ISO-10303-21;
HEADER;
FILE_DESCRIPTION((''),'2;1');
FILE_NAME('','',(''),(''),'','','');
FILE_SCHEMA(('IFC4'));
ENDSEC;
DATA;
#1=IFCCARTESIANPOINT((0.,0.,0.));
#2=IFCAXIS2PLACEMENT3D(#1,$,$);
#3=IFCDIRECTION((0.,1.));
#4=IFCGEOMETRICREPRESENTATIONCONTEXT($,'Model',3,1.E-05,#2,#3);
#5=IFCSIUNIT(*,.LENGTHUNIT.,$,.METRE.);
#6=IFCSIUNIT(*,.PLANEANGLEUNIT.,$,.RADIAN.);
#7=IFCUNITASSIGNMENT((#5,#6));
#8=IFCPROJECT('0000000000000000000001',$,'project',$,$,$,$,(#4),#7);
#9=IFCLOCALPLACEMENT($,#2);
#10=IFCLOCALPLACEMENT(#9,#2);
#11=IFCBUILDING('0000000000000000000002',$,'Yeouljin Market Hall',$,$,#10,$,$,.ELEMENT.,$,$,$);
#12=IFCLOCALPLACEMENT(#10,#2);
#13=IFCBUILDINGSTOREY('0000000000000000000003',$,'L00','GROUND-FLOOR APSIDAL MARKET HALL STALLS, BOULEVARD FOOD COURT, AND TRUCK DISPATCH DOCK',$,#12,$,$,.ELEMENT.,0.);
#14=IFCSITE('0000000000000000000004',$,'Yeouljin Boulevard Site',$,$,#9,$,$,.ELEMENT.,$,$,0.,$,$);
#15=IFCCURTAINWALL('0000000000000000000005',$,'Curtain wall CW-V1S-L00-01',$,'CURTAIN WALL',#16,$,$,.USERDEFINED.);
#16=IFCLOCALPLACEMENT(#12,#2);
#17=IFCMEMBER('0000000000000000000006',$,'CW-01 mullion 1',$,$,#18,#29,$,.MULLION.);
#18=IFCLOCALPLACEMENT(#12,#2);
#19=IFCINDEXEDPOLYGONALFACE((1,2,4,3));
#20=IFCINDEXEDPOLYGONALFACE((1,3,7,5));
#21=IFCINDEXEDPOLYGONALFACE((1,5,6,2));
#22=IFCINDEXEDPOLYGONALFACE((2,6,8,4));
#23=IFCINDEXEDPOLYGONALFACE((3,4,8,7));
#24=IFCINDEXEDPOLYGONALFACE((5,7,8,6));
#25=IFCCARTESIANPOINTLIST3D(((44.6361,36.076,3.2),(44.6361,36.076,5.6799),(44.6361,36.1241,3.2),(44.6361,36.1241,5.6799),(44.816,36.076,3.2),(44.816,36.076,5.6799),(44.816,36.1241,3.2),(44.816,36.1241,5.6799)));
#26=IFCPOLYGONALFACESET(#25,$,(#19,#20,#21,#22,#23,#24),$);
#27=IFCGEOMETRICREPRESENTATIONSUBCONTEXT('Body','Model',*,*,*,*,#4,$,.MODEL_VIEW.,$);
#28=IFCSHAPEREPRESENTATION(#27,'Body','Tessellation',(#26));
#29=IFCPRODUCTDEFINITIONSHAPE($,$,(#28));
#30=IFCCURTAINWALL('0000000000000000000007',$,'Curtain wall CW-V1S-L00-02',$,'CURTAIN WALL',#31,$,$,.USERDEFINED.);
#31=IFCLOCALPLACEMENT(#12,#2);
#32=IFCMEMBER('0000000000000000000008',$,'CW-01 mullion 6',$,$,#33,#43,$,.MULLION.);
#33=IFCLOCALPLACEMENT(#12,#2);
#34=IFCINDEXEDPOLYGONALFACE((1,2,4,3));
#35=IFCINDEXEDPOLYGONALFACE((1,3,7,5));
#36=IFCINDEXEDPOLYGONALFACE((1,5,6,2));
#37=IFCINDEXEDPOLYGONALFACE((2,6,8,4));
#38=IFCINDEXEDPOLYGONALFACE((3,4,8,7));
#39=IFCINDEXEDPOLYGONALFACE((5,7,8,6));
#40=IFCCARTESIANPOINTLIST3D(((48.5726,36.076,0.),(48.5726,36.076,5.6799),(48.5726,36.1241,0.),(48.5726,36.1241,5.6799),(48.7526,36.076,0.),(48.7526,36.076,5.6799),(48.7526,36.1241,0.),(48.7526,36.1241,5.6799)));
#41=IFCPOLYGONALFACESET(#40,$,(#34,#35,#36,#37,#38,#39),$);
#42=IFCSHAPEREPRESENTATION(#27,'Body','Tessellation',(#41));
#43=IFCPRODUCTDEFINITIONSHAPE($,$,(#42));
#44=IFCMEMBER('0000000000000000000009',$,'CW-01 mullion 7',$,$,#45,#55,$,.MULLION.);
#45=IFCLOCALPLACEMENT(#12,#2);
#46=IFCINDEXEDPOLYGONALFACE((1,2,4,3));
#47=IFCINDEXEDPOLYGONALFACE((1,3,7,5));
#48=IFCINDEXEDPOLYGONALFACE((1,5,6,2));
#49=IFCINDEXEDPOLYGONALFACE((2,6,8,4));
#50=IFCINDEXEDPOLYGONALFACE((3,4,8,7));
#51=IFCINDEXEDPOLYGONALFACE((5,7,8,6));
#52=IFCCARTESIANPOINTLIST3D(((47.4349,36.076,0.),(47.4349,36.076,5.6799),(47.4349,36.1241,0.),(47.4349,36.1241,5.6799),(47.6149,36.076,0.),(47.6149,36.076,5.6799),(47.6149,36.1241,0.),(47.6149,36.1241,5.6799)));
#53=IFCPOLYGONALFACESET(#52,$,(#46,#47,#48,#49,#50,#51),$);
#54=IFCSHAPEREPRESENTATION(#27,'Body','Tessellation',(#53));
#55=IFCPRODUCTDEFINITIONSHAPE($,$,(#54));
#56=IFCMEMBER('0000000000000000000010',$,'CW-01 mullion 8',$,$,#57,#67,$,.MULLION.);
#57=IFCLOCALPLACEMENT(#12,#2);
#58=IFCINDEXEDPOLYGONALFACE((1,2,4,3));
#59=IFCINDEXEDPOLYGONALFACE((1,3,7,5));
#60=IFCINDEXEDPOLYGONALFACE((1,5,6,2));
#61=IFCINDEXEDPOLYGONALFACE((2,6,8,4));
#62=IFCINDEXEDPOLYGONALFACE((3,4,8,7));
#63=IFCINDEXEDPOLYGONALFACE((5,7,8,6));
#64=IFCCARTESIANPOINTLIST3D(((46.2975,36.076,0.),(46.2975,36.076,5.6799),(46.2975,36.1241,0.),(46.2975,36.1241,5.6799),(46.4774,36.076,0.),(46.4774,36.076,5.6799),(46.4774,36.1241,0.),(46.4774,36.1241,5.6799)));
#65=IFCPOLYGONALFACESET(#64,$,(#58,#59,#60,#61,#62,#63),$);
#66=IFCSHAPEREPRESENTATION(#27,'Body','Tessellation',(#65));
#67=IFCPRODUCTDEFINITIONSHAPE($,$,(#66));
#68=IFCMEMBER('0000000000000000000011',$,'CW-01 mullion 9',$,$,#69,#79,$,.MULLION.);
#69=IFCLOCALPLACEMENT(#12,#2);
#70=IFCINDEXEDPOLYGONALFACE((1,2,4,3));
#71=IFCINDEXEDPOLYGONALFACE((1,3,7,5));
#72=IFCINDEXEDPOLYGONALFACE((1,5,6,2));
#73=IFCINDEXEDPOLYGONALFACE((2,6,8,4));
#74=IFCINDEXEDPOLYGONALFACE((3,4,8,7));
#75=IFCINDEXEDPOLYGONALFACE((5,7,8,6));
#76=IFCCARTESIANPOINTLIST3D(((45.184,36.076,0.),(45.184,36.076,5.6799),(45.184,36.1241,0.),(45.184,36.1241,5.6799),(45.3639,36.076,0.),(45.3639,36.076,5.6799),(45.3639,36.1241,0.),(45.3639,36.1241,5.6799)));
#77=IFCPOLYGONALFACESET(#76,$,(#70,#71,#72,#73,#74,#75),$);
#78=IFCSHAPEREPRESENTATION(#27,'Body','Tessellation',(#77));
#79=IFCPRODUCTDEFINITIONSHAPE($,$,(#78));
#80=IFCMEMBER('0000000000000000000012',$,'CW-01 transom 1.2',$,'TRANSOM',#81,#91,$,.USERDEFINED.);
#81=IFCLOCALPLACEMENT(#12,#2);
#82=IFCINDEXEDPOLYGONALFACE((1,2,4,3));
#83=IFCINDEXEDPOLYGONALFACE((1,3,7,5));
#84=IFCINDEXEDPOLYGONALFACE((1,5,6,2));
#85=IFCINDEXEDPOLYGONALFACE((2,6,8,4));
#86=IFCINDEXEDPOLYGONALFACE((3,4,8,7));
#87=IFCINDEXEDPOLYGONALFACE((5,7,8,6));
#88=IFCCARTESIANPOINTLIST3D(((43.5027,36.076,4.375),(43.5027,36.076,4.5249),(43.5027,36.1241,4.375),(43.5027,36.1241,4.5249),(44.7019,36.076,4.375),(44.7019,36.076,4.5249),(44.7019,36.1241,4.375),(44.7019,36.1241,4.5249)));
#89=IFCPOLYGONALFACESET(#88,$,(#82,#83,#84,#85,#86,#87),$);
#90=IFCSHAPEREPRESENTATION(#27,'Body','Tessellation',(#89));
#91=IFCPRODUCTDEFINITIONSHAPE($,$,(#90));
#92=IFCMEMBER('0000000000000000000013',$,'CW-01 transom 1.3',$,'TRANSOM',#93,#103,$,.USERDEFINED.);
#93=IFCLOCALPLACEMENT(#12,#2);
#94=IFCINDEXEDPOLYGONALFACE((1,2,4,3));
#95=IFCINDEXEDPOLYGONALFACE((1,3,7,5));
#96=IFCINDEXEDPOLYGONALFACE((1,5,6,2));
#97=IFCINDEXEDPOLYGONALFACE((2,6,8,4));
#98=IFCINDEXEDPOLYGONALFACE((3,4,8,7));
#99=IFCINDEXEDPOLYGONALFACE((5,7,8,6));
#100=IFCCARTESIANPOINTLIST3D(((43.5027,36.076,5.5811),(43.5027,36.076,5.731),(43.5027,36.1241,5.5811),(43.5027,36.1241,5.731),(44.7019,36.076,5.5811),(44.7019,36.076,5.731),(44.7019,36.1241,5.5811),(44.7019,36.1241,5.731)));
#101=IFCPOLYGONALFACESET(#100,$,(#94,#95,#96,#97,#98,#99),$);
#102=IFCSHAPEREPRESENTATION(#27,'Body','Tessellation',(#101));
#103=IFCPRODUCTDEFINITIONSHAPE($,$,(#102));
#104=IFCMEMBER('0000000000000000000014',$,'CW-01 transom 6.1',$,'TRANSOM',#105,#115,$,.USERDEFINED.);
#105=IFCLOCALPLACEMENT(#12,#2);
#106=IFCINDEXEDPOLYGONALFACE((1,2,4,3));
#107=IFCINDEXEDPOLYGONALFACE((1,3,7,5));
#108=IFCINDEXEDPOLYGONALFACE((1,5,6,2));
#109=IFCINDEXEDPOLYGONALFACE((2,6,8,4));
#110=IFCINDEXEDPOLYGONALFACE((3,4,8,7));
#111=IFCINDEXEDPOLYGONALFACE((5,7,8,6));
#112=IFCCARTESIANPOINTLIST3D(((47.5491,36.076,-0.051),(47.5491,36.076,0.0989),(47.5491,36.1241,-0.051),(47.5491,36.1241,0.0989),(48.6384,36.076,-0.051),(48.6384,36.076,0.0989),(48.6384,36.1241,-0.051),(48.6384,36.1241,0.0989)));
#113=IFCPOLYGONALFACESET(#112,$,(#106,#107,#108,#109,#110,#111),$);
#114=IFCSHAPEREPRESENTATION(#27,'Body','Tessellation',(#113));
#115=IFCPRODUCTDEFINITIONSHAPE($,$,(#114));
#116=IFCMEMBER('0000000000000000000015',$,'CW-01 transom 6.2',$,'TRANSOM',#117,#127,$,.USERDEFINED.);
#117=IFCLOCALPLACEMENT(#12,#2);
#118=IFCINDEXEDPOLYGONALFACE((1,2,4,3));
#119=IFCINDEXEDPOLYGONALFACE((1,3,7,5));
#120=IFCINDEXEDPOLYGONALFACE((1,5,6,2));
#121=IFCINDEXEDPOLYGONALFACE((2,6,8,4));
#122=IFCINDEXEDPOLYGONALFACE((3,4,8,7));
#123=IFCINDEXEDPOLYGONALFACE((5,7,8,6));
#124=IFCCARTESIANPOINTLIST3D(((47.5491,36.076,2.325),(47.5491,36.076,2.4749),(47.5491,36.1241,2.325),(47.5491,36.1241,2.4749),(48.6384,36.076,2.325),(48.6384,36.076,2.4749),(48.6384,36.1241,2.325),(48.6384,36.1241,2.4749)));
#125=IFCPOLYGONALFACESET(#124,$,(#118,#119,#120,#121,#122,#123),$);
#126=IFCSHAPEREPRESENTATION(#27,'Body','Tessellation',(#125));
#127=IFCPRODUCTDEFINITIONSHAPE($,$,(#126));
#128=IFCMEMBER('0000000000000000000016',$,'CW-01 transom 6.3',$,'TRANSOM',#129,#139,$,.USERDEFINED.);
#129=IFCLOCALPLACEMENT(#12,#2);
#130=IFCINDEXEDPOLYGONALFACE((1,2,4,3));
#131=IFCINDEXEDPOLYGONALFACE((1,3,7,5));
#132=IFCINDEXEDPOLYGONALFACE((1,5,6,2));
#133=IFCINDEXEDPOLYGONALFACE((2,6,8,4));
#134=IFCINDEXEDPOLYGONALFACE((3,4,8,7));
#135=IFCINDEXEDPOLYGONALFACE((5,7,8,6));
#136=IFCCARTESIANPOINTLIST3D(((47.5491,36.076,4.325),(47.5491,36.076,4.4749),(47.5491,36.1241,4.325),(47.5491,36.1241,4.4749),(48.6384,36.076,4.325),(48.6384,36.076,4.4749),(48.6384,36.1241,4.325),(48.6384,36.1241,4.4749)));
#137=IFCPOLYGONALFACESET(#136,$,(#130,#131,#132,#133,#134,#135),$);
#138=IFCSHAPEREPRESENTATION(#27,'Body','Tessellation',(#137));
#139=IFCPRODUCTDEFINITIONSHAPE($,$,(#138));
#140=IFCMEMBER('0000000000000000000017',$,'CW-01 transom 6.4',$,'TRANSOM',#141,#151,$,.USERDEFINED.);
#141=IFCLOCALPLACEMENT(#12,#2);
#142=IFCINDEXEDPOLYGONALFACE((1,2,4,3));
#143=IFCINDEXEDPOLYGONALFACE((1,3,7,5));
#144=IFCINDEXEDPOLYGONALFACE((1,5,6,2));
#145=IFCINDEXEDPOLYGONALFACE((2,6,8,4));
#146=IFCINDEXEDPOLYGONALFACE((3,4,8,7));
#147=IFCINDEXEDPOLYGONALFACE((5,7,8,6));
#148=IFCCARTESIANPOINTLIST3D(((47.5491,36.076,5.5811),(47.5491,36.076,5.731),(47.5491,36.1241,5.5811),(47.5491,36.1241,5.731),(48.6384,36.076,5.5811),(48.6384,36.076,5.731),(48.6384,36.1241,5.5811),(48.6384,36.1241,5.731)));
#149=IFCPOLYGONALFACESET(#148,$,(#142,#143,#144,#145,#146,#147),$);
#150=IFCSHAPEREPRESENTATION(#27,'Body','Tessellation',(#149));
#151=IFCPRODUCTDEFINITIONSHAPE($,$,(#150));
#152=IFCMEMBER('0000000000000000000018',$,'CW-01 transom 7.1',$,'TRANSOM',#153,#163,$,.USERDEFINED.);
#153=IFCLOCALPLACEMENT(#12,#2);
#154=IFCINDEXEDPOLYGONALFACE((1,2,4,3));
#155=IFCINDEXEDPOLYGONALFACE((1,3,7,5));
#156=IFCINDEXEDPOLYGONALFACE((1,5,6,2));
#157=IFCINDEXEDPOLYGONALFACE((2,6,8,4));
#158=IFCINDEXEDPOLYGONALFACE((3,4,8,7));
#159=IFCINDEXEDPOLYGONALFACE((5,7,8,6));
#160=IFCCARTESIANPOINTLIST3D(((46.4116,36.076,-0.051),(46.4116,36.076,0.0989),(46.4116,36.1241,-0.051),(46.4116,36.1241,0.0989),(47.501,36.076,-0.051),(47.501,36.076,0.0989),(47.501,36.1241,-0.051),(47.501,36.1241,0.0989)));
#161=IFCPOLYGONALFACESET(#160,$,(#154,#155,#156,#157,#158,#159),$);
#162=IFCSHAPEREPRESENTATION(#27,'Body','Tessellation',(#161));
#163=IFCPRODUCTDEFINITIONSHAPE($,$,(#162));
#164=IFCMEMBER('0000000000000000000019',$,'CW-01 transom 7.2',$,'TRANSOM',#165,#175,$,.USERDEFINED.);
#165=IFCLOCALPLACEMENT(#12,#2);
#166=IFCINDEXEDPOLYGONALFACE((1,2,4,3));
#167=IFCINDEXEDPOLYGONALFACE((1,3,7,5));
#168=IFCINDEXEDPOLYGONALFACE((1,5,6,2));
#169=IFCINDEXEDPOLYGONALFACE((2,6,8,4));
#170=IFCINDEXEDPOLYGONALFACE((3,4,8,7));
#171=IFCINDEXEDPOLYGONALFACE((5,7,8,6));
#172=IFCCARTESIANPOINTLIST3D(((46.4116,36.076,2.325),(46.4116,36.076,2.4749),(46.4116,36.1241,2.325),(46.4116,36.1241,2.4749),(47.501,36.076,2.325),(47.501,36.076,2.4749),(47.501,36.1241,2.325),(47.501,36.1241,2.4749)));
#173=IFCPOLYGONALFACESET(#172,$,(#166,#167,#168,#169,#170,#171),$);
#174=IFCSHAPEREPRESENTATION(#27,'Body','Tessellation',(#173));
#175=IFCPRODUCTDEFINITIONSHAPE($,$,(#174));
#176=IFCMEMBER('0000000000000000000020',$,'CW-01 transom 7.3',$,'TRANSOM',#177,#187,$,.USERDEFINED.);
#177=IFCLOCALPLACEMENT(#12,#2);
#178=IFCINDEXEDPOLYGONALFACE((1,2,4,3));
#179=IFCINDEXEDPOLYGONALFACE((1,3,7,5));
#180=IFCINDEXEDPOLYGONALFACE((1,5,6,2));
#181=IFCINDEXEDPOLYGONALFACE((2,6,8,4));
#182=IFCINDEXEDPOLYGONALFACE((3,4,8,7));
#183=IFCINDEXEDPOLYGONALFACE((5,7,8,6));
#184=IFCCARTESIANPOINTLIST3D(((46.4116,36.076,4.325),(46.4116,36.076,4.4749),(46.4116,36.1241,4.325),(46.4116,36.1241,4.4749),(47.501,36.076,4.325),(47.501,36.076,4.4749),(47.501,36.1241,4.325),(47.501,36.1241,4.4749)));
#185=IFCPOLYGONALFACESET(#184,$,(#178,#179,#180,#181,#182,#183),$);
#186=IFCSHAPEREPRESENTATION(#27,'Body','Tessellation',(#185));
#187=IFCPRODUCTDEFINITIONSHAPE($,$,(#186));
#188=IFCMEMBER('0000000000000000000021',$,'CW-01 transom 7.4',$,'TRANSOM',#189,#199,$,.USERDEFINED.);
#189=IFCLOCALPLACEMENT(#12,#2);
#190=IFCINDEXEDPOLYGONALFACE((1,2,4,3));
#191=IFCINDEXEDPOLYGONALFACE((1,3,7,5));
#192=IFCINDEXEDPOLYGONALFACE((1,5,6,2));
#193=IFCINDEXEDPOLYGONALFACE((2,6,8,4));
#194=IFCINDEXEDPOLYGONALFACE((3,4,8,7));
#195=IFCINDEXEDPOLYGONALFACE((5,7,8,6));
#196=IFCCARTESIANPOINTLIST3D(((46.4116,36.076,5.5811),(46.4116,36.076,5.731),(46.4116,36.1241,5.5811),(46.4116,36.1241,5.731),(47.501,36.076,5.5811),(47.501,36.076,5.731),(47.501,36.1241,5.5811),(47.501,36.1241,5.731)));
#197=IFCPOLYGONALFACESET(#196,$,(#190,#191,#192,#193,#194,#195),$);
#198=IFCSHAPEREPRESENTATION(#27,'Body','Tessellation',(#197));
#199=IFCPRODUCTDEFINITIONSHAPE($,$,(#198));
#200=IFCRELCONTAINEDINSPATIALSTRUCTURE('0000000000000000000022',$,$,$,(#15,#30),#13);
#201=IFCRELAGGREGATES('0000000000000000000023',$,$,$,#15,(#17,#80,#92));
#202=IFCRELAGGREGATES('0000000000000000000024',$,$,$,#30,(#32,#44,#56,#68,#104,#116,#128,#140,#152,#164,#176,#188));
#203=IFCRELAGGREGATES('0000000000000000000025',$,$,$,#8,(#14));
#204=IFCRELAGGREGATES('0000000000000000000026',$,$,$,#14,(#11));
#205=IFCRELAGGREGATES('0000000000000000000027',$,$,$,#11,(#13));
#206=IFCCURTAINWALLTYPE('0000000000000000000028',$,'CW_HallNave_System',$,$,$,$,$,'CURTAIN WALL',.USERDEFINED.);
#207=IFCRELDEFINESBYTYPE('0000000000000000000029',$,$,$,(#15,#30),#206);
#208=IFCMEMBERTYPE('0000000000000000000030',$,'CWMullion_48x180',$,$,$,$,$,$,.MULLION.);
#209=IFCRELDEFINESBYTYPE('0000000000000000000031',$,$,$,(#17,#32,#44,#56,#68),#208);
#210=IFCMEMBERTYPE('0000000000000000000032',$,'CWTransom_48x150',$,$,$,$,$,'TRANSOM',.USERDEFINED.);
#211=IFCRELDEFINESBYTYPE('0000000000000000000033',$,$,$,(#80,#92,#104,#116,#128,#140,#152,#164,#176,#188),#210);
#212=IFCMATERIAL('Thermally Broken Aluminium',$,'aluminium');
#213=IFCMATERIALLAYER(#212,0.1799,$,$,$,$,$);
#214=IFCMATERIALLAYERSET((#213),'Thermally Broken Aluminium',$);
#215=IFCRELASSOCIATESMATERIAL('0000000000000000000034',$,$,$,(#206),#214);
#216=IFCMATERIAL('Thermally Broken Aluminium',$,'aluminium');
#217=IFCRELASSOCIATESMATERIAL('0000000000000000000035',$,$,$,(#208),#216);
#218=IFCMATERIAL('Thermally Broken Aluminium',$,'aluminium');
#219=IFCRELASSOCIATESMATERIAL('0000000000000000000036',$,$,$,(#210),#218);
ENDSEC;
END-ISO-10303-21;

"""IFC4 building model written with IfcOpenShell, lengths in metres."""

from ifc_helpers import new_model, si_unit, direction, frame, origin, origin_2d, place, context, subcontext, project, spatial, rectangle, extrude, material, layer, layer_set, material_profile, profile_set, type_object, element, aggregate, save


model = new_model("IFC4")

# Units and contexts
model_context = context("Model", 3, precision=1e-05, world=origin(), true_north=direction((0.0, 1.0)))
body_context = subcontext(model_context, "Body", "Model", "MODEL_VIEW")
ifc_project = project(units=[si_unit("LENGTHUNIT", "METRE"), si_unit("PLANEANGLEUNIT", "RADIAN")], contexts=[model_context])

# Site, building, storey
site_placement = place(None, origin())
site = spatial("IfcSite", under=ifc_project, at=site_placement, Name="Yeouljin Boulevard Site", CompositionType="ELEMENT", RefElevation=0.0)
building_placement = place(site_placement, origin())
building = spatial("IfcBuilding", under=site, at=building_placement, Name="Yeouljin Market Hall", CompositionType="ELEMENT")
storey_placement = place(building_placement, origin())
storey = spatial("IfcBuildingStorey", under=building, at=storey_placement, Name="L00", Description="GROUND-FLOOR APSIDAL MARKET HALL STALLS, BOULEVARD FOOD COURT, AND TRUCK DISPATCH DOCK", CompositionType="ELEMENT", Elevation=0.0)

# Curtain wall, member
ifc_material_1 = material(Name="Thermally Broken Aluminium", Category="aluminium")
ifc_layer_1 = layer(ifc_material_1, 0.1799)
ifc_layer_set_1 = layer_set([ifc_layer_1], Name="Thermally Broken Aluminium")
curtain_wall_type = type_object("IfcCurtainWallType", Name="CW_HallNave_System", ElementType="CURTAIN WALL", PredefinedType="USERDEFINED", material=ifc_layer_set_1)
curtain_wall_1_placement = place(storey_placement, origin())
curtain_wall_1 = element("IfcCurtainWall", 1, at=curtain_wall_1_placement, inside=storey, type_object=curtain_wall_type, Name="Curtain wall CW-V1S-L00-01", ObjectType="CURTAIN WALL", PredefinedType="USERDEFINED")
ifc_material_2 = material(Name="Thermally Broken Aluminium", Category="aluminium")
ifc_material_profile_1 = material_profile(ifc_material_2, rectangle(XDim=0.0481, YDim=0.1799, at=origin_2d()), Name="CW-MULL-48x180")
ifc_profile_set_1 = profile_set([ifc_material_profile_1], Name="Thermally Broken Aluminium")
member_type_1 = type_object("IfcMemberType", Name="CWMullion_48x180", PredefinedType="MULLION", material=ifc_profile_set_1)
member_1_placement = place(storey_placement, frame((44.7261, 36.1001, 3.2), z_axis=(0.0, 0.0, 1.0), x_axis=(0.0, -1.0, 0.0)))
member_1 = element("IfcMember", 2, at=member_1_placement, type_object=member_type_1, Name="CW-01 mullion 1", PredefinedType="MULLION", context=body_context, shape_type="SweptSolid", body=[
    extrude(rectangle(XDim=0.0481, YDim=0.1799, at=origin_2d()), origin(), (0.0, 0.0, 1.0), 2.48),
])

# Curtain wall, members
curtain_wall_2_placement = place(storey_placement, origin())
curtain_wall_2 = element("IfcCurtainWall", 3, at=curtain_wall_2_placement, inside=storey, type_object=curtain_wall_type, Name="Curtain wall CW-V1S-L00-02", ObjectType="CURTAIN WALL", PredefinedType="USERDEFINED")
member_2_placement = place(storey_placement, frame((48.6626, 36.1001, 0.0), z_axis=(0.0, 0.0, 1.0), x_axis=(0.0, -1.0, 0.0)))
member_2 = element("IfcMember", 4, at=member_2_placement, type_object=member_type_1, Name="CW-01 mullion 6", PredefinedType="MULLION", context=body_context, shape_type="SweptSolid", body=[
    extrude(rectangle(XDim=0.0481, YDim=0.1799, at=origin_2d()), origin(), (0.0, 0.0, 1.0), 5.6799),
])
member_3_placement = place(storey_placement, frame((47.5249, 36.1001, 0.0), z_axis=(0.0, 0.0, 1.0), x_axis=(0.0, -1.0, 0.0)))
member_3 = element("IfcMember", 5, at=member_3_placement, type_object=member_type_1, Name="CW-01 mullion 7", PredefinedType="MULLION", context=body_context, shape_type="SweptSolid", body=[
    extrude(rectangle(XDim=0.0481, YDim=0.1799, at=origin_2d()), origin(), (0.0, 0.0, 1.0), 5.6799),
])
member_4_placement = place(storey_placement, frame((46.3875, 36.1001, 0.0), z_axis=(0.0, 0.0, 1.0), x_axis=(0.0, -1.0, 0.0)))
member_4 = element("IfcMember", 6, at=member_4_placement, type_object=member_type_1, Name="CW-01 mullion 8", PredefinedType="MULLION", context=body_context, shape_type="SweptSolid", body=[
    extrude(rectangle(XDim=0.0481, YDim=0.1799, at=origin_2d()), origin(), (0.0, 0.0, 1.0), 5.6799),
])
member_5_placement = place(storey_placement, frame((45.2739, 36.1001, 0.0), z_axis=(0.0, 0.0, 1.0), x_axis=(0.0, -1.0, 0.0)))
member_5 = element("IfcMember", 7, at=member_5_placement, type_object=member_type_1, Name="CW-01 mullion 9", PredefinedType="MULLION", context=body_context, shape_type="SweptSolid", body=[
    extrude(rectangle(XDim=0.0481, YDim=0.1799, at=origin_2d()), origin(), (0.0, 0.0, 1.0), 5.6799),
])

# Members
ifc_material_3 = material(Name="Thermally Broken Aluminium", Category="aluminium")
ifc_material_profile_2 = material_profile(ifc_material_3, rectangle(XDim=0.0481, YDim=0.1499, at=origin_2d()), Name="CW-TRAN-48x150")
ifc_profile_set_2 = profile_set([ifc_material_profile_2], Name="Thermally Broken Aluminium")
member_type_2 = type_object("IfcMemberType", Name="CWTransom_48x150", ElementType="TRANSOM", PredefinedType="USERDEFINED", material=ifc_profile_set_2)
member_6_placement = place(storey_placement, frame((44.7019, 36.1001, 4.45), z_axis=(-1.0, 0.0, 0.0), x_axis=(0.0, -1.0, 0.0)))
member_6 = element("IfcMember", 8, at=member_6_placement, type_object=member_type_2, Name="CW-01 transom 1.2", ObjectType="TRANSOM", PredefinedType="USERDEFINED", context=body_context, shape_type="SweptSolid", body=[
    extrude(rectangle(XDim=0.0481, YDim=0.1499, at=origin_2d()), origin(), (0.0, 0.0, 1.0), 1.1992),
])
member_7_placement = place(storey_placement, frame((44.7019, 36.1001, 5.656), z_axis=(-1.0, 0.0, 0.0), x_axis=(0.0, -1.0, 0.0)))
member_7 = element("IfcMember", 9, at=member_7_placement, type_object=member_type_2, Name="CW-01 transom 1.3", ObjectType="TRANSOM", PredefinedType="USERDEFINED", context=body_context, shape_type="SweptSolid", body=[
    extrude(rectangle(XDim=0.0481, YDim=0.1499, at=origin_2d()), origin(), (0.0, 0.0, 1.0), 1.1992),
])
aggregate(curtain_wall_1, [member_1, member_6, member_7])
member_8_placement = place(storey_placement, frame((48.6384, 36.1001, 0.0239), z_axis=(-1.0, 0.0, 0.0), x_axis=(0.0, -1.0, 0.0)))
member_8 = element("IfcMember", 10, at=member_8_placement, type_object=member_type_2, Name="CW-01 transom 6.1", ObjectType="TRANSOM", PredefinedType="USERDEFINED", context=body_context, shape_type="SweptSolid", body=[
    extrude(rectangle(XDim=0.0481, YDim=0.1499, at=origin_2d()), origin(), (0.0, 0.0, 1.0), 1.0894),
])
member_9_placement = place(storey_placement, frame((48.6384, 36.1001, 2.3999), z_axis=(-1.0, 0.0, 0.0), x_axis=(0.0, -1.0, 0.0)))
member_9 = element("IfcMember", 11, at=member_9_placement, type_object=member_type_2, Name="CW-01 transom 6.2", ObjectType="TRANSOM", PredefinedType="USERDEFINED", context=body_context, shape_type="SweptSolid", body=[
    extrude(rectangle(XDim=0.0481, YDim=0.1499, at=origin_2d()), origin(), (0.0, 0.0, 1.0), 1.0894),
])
member_10_placement = place(storey_placement, frame((48.6384, 36.1001, 4.3999), z_axis=(-1.0, 0.0, 0.0), x_axis=(0.0, -1.0, 0.0)))
member_10 = element("IfcMember", 12, at=member_10_placement, type_object=member_type_2, Name="CW-01 transom 6.3", ObjectType="TRANSOM", PredefinedType="USERDEFINED", context=body_context, shape_type="SweptSolid", body=[
    extrude(rectangle(XDim=0.0481, YDim=0.1499, at=origin_2d()), origin(), (0.0, 0.0, 1.0), 1.0894),
])
member_11_placement = place(storey_placement, frame((48.6384, 36.1001, 5.656), z_axis=(-1.0, 0.0, 0.0), x_axis=(0.0, -1.0, 0.0)))
member_11 = element("IfcMember", 13, at=member_11_placement, type_object=member_type_2, Name="CW-01 transom 6.4", ObjectType="TRANSOM", PredefinedType="USERDEFINED", context=body_context, shape_type="SweptSolid", body=[
    extrude(rectangle(XDim=0.0481, YDim=0.1499, at=origin_2d()), origin(), (0.0, 0.0, 1.0), 1.0894),
])
member_12_placement = place(storey_placement, frame((47.501, 36.1001, 0.0239), z_axis=(-1.0, 0.0, 0.0), x_axis=(0.0, -1.0, 0.0)))
member_12 = element("IfcMember", 14, at=member_12_placement, type_object=member_type_2, Name="CW-01 transom 7.1", ObjectType="TRANSOM", PredefinedType="USERDEFINED", context=body_context, shape_type="SweptSolid", body=[
    extrude(rectangle(XDim=0.0481, YDim=0.1499, at=origin_2d()), origin(), (0.0, 0.0, 1.0), 1.0894),
])
member_13_placement = place(storey_placement, frame((47.501, 36.1001, 2.3999), z_axis=(-1.0, 0.0, 0.0), x_axis=(0.0, -1.0, 0.0)))
member_13 = element("IfcMember", 15, at=member_13_placement, type_object=member_type_2, Name="CW-01 transom 7.2", ObjectType="TRANSOM", PredefinedType="USERDEFINED", context=body_context, shape_type="SweptSolid", body=[
    extrude(rectangle(XDim=0.0481, YDim=0.1499, at=origin_2d()), origin(), (0.0, 0.0, 1.0), 1.0894),
])
member_14_placement = place(storey_placement, frame((47.501, 36.1001, 4.3999), z_axis=(-1.0, 0.0, 0.0), x_axis=(0.0, -1.0, 0.0)))
member_14 = element("IfcMember", 16, at=member_14_placement, type_object=member_type_2, Name="CW-01 transom 7.3", ObjectType="TRANSOM", PredefinedType="USERDEFINED", context=body_context, shape_type="SweptSolid", body=[
    extrude(rectangle(XDim=0.0481, YDim=0.1499, at=origin_2d()), origin(), (0.0, 0.0, 1.0), 1.0894),
])
member_15_placement = place(storey_placement, frame((47.501, 36.1001, 5.656), z_axis=(-1.0, 0.0, 0.0), x_axis=(0.0, -1.0, 0.0)))
member_15 = element("IfcMember", 17, at=member_15_placement, type_object=member_type_2, Name="CW-01 transom 7.4", ObjectType="TRANSOM", PredefinedType="USERDEFINED", context=body_context, shape_type="SweptSolid", body=[
    extrude(rectangle(XDim=0.0481, YDim=0.1499, at=origin_2d()), origin(), (0.0, 0.0, 1.0), 1.0894),
])

aggregate(curtain_wall_2, [member_2, member_3, member_4, member_5, member_8, member_9, member_10, member_11, member_12, member_13, member_14, member_15])

save(model, "model.ifc")
